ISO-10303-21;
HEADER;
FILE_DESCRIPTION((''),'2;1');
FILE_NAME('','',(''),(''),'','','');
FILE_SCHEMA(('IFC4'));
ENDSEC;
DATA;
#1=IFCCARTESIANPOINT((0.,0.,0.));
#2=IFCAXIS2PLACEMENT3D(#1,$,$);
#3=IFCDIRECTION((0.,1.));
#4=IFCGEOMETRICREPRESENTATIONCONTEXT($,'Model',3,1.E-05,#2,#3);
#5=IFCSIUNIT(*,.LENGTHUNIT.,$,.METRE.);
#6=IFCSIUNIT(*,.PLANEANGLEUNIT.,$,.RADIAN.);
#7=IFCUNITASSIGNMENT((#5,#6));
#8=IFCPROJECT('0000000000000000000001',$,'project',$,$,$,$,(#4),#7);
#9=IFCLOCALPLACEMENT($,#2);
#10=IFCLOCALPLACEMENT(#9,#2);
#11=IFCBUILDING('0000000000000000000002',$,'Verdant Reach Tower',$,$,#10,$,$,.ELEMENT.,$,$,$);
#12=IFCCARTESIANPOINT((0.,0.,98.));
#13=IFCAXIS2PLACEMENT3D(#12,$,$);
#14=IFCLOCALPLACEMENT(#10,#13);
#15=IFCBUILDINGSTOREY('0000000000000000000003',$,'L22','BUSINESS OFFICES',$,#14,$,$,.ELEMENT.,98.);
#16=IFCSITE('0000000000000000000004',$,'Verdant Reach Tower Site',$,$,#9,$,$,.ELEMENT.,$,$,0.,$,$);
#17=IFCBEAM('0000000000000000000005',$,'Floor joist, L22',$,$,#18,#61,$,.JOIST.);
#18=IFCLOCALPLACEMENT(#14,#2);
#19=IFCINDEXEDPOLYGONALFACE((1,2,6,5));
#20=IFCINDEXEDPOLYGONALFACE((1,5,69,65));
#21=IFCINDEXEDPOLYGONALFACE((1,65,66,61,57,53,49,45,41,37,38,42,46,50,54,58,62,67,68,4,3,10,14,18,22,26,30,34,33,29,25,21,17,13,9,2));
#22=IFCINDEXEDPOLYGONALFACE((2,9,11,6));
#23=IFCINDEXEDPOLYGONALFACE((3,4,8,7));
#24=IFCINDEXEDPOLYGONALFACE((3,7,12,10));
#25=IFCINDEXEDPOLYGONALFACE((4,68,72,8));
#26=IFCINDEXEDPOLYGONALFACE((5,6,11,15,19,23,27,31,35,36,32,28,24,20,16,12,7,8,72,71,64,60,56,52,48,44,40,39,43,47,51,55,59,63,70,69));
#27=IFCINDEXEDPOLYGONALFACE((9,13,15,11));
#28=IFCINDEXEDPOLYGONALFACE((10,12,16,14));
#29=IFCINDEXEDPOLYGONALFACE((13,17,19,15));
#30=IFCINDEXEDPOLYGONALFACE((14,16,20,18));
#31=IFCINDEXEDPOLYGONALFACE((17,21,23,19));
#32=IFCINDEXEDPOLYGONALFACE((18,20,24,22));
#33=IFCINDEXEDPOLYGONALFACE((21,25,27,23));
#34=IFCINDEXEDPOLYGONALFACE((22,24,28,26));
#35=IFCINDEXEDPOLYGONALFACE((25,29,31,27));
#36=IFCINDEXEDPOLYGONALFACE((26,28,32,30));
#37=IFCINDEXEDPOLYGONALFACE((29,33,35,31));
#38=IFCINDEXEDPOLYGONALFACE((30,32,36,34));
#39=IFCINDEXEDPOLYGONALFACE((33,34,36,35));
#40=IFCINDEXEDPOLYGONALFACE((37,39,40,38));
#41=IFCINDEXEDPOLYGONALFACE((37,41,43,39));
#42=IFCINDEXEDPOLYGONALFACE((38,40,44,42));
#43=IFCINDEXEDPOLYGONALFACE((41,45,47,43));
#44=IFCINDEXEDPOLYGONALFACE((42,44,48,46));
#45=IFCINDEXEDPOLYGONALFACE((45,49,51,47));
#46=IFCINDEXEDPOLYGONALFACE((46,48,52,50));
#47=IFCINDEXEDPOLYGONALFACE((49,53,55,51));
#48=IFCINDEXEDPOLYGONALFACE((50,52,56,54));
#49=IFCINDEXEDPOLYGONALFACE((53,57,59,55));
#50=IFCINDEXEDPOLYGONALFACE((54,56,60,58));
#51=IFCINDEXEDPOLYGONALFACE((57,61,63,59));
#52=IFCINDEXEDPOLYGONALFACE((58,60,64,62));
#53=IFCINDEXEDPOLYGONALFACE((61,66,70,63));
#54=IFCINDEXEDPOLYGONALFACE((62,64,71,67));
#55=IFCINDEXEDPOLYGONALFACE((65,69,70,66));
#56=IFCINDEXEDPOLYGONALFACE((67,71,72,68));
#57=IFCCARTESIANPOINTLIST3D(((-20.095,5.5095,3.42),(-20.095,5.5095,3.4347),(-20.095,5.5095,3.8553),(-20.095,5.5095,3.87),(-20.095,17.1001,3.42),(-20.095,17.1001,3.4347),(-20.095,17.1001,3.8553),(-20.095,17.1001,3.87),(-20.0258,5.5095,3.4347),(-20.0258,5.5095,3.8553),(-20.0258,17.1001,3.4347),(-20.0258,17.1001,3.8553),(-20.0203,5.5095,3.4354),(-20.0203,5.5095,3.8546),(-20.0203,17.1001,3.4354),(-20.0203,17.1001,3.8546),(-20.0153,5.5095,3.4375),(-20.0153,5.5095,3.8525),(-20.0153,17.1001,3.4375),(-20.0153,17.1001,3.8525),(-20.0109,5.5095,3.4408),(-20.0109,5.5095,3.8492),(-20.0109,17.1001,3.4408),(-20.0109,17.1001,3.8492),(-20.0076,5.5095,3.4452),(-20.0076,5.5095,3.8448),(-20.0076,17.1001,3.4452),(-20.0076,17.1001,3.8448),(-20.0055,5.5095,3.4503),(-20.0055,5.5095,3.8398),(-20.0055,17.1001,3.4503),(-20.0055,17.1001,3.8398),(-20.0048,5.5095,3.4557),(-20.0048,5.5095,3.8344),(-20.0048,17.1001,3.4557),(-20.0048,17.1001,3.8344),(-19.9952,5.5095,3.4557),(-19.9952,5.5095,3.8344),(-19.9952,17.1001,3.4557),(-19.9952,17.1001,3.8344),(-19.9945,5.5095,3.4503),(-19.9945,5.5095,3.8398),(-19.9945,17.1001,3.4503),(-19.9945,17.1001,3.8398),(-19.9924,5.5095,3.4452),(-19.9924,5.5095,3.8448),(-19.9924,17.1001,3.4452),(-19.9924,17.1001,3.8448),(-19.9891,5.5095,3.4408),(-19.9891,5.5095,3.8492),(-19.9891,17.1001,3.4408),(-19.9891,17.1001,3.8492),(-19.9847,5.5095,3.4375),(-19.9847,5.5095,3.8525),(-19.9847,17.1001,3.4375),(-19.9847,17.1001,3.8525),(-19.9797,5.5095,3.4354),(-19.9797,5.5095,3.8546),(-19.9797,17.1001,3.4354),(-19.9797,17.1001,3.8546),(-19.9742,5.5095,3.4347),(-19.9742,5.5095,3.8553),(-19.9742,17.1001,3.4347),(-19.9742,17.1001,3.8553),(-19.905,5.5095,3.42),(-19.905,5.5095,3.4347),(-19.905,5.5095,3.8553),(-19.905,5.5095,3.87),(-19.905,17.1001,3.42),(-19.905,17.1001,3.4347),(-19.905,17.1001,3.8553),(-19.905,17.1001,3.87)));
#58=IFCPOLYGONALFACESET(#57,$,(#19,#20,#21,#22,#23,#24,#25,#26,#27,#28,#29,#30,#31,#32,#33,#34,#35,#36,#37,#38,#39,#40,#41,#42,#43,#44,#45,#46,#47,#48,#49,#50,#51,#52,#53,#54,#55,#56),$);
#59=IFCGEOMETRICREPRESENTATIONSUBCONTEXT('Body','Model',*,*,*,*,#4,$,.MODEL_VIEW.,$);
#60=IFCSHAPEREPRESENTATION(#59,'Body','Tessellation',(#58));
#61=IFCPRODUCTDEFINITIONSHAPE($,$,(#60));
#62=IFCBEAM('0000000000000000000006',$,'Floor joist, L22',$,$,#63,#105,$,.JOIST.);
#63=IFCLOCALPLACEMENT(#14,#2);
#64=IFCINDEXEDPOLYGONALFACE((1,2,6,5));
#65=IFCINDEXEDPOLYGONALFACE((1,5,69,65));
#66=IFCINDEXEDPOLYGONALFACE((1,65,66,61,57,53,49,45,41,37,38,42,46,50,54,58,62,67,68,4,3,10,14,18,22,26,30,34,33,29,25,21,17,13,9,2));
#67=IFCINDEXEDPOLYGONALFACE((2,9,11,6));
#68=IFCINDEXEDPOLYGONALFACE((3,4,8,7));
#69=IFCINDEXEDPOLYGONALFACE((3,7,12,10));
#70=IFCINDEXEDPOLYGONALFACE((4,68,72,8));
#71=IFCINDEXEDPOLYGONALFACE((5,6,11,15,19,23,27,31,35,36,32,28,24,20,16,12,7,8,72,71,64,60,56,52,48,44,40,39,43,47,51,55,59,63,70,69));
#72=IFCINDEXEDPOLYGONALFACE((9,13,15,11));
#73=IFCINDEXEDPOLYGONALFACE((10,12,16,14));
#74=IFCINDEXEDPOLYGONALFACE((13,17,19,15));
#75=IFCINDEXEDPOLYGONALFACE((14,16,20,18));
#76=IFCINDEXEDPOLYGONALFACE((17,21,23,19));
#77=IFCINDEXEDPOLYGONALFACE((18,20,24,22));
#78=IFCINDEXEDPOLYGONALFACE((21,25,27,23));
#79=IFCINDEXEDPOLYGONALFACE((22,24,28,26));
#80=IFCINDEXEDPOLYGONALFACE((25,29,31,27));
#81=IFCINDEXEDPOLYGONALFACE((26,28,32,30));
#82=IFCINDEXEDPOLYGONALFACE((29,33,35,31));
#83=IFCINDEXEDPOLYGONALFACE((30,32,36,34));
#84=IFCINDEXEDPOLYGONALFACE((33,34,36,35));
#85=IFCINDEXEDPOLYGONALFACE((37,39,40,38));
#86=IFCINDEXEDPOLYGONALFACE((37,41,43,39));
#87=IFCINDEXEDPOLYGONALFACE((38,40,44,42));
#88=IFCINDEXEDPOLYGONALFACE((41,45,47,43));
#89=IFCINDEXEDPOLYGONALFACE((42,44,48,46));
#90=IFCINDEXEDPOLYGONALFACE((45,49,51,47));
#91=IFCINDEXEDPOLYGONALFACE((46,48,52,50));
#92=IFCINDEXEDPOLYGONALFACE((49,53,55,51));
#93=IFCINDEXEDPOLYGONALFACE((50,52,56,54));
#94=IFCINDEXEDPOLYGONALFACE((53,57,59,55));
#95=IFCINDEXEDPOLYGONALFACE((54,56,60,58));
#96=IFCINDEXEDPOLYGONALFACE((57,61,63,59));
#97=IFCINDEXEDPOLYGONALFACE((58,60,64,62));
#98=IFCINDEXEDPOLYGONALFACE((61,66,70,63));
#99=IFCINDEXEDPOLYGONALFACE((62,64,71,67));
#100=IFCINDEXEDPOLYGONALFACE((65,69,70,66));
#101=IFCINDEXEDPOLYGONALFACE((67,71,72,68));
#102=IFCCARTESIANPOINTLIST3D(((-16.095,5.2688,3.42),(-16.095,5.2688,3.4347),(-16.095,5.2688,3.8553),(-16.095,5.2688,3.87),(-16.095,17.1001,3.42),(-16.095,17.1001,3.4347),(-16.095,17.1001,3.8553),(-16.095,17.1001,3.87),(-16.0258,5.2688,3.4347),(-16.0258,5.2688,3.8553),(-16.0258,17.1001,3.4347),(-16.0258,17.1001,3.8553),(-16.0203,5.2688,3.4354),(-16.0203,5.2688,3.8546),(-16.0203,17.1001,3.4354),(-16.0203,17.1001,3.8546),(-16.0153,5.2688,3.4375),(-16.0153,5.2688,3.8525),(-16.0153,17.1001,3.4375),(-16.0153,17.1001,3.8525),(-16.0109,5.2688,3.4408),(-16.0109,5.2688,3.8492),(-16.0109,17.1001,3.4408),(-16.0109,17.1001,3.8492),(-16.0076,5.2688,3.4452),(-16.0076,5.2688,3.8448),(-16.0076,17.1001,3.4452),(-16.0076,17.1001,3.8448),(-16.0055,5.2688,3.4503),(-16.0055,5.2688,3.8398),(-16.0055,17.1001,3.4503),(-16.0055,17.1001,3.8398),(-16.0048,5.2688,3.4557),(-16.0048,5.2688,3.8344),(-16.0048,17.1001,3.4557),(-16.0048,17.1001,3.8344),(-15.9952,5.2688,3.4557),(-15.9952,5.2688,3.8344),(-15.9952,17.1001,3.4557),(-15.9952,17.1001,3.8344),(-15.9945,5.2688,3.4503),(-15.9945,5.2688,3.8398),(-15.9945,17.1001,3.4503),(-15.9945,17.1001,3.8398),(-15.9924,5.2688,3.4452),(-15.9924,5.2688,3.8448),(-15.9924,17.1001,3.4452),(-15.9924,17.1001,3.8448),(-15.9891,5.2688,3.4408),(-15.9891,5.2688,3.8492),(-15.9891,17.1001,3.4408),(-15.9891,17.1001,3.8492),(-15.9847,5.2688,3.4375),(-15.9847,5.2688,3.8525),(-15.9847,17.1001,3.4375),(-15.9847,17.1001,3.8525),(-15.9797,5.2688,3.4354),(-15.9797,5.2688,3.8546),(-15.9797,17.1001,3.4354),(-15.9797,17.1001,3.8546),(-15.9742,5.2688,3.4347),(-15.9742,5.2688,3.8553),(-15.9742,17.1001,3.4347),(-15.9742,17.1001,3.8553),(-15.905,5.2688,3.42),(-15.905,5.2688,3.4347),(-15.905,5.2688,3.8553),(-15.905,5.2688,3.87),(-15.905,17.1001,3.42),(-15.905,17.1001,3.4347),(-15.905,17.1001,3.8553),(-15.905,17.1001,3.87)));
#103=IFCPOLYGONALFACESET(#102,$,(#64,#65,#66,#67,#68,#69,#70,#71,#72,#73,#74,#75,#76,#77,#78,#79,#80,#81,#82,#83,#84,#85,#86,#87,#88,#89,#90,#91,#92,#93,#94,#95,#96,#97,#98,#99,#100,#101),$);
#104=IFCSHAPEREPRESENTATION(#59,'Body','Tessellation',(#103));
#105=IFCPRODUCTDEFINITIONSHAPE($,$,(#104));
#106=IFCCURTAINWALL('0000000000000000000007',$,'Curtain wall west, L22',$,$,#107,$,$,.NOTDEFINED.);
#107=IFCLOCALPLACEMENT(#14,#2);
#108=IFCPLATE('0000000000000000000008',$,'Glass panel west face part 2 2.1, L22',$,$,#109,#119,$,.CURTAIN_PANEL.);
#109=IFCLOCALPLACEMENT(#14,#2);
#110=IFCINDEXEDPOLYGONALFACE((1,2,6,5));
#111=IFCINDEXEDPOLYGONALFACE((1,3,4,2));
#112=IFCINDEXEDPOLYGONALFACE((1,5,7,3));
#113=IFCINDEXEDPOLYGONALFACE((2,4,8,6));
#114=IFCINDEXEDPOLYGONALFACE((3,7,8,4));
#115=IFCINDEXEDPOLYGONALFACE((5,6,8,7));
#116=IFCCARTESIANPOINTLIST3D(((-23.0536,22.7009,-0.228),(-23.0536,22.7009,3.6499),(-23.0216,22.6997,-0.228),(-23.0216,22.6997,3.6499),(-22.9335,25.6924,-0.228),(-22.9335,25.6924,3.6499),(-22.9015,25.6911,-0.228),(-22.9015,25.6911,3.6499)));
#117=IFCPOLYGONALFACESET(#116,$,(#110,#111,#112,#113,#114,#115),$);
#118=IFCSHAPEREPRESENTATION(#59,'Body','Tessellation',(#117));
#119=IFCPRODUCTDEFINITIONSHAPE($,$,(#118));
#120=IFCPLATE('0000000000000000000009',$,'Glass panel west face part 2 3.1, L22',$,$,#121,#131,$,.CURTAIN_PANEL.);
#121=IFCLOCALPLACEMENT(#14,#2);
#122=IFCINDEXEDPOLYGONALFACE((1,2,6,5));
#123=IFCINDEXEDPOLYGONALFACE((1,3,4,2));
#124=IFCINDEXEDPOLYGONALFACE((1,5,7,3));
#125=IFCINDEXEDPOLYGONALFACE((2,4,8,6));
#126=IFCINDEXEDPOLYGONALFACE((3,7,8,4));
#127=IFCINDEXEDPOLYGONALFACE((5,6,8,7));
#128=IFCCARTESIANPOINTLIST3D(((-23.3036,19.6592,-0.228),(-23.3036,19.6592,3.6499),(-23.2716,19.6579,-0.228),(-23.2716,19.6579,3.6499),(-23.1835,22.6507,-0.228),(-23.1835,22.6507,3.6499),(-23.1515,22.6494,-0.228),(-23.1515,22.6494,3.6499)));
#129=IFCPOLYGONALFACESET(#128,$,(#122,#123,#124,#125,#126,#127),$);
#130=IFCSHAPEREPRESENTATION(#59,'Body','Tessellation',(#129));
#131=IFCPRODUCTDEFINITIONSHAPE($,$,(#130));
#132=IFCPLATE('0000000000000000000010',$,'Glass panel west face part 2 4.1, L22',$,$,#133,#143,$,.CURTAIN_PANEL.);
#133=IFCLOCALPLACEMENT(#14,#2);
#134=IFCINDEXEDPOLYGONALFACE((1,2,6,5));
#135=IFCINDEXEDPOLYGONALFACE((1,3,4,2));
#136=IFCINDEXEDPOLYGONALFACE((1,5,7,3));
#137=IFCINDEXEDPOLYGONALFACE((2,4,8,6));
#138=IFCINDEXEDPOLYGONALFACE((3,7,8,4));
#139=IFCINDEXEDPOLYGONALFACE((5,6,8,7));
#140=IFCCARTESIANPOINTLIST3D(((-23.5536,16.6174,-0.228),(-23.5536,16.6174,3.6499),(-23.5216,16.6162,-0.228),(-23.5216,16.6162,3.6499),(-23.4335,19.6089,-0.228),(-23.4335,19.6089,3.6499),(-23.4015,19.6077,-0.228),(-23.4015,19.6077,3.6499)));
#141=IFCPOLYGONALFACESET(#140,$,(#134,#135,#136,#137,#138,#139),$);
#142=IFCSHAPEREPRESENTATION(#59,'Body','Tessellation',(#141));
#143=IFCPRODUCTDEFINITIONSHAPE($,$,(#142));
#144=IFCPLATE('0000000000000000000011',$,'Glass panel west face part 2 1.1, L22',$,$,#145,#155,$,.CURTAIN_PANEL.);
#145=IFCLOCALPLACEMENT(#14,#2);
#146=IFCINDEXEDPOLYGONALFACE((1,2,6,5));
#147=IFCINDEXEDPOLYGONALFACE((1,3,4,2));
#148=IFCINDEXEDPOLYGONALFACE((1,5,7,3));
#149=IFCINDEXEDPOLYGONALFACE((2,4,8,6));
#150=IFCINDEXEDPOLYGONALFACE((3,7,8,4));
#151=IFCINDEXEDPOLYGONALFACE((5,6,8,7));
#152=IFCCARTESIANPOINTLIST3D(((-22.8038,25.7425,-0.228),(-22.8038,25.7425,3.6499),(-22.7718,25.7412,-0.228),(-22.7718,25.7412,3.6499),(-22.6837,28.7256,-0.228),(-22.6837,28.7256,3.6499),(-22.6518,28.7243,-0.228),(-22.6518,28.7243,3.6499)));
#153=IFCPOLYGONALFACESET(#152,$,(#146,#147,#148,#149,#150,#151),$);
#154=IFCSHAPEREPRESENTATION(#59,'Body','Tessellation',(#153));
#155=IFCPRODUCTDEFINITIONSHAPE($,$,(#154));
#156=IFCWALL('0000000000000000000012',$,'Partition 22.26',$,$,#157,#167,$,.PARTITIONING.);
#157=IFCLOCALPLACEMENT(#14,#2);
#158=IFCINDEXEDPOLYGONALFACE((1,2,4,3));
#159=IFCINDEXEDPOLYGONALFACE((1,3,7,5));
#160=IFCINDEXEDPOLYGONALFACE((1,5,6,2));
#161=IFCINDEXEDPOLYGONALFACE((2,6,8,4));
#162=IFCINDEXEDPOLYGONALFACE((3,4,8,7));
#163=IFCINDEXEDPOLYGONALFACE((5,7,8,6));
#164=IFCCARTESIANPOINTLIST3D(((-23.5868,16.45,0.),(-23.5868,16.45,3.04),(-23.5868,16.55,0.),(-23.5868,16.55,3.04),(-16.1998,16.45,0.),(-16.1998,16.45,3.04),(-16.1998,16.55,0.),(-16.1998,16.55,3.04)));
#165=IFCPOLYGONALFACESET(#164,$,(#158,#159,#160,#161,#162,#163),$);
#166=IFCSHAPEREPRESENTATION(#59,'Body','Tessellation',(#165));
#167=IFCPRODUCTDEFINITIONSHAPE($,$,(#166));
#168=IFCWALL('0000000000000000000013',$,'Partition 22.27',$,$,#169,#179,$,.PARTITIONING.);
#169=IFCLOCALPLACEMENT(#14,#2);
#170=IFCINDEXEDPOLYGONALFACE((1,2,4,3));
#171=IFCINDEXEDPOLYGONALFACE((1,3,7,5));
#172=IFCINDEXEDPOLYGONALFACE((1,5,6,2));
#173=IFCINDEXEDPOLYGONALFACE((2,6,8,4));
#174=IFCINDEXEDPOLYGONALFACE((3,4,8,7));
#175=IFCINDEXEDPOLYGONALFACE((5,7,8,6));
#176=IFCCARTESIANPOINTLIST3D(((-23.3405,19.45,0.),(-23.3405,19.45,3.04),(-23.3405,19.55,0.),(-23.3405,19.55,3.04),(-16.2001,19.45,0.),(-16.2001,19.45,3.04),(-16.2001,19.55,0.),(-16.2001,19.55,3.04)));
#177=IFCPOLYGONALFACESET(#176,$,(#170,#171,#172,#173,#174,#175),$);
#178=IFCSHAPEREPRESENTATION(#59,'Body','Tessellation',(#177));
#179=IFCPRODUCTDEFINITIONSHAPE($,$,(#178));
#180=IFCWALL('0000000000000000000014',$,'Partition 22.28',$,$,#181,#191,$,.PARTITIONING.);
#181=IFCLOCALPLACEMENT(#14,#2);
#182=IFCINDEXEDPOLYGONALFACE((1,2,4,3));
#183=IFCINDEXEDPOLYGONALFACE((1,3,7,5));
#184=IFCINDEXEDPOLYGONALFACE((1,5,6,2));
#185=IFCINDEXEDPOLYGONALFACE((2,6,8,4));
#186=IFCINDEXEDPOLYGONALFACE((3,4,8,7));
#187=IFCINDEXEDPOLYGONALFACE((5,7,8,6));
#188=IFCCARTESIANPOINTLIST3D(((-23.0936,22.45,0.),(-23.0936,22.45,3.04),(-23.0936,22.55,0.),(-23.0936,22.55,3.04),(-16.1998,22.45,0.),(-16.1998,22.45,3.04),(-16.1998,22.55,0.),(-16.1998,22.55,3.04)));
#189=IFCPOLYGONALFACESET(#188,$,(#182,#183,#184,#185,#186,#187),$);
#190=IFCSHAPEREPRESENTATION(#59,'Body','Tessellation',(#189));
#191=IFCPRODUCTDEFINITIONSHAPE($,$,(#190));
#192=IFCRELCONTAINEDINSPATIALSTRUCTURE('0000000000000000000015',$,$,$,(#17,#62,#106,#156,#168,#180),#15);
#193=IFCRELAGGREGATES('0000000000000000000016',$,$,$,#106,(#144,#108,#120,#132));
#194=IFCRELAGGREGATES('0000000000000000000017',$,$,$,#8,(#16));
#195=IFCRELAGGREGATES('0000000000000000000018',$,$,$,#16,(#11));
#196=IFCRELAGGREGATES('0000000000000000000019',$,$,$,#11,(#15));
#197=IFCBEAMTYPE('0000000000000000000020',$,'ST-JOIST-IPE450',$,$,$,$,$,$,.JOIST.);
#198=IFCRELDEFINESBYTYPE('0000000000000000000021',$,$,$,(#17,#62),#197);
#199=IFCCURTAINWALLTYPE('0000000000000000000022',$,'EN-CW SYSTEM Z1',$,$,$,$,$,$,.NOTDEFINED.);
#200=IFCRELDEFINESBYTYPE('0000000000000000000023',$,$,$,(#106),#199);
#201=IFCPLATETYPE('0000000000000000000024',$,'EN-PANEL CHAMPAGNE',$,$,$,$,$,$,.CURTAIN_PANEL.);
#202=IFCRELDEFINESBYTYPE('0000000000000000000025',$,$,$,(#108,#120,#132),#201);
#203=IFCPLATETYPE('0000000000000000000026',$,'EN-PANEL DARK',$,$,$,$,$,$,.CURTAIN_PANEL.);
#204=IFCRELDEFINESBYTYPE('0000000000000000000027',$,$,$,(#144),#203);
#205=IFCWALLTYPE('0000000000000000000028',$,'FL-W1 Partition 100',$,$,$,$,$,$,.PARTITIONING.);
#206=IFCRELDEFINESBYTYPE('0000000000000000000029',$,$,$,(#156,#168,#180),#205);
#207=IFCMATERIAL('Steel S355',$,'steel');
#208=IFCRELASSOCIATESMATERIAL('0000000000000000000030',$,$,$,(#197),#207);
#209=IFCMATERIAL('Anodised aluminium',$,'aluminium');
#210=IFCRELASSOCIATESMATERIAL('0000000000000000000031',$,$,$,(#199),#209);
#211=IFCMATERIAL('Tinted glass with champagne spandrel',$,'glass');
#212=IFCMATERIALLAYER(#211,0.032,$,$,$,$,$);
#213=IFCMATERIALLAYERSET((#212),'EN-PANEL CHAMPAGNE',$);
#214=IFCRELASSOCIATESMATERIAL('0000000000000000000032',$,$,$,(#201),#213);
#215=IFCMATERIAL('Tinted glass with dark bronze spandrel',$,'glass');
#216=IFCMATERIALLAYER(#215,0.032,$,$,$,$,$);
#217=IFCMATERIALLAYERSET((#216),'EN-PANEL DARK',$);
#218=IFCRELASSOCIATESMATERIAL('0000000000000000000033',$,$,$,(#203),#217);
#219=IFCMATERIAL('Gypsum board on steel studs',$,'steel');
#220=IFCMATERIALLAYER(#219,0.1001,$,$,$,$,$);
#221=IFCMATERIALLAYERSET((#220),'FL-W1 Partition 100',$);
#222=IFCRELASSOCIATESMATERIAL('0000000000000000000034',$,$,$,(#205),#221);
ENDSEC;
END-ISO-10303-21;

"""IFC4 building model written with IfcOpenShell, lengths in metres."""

from ifc_helpers import new_model, si_unit, direction, frame, frame_2d, origin, origin_2d, place, context, subcontext, project, spatial, rectangle, i_section, extrude, material, layer, layer_set, material_profile, profile_set, type_object, element, aggregate, save


model = new_model("IFC4")

# Units and contexts
model_context = context("Model", 3, precision=1e-05, world=origin(), true_north=direction((0.0, 1.0)))
body_context = subcontext(model_context, "Body", "Model", "MODEL_VIEW")
ifc_project = project(units=[si_unit("LENGTHUNIT", "METRE"), si_unit("PLANEANGLEUNIT", "RADIAN")], contexts=[model_context])

# Site, building, storey
site_placement = place(None, origin())
site = spatial("IfcSite", under=ifc_project, at=site_placement, Name="Verdant Reach Tower Site", CompositionType="ELEMENT", RefElevation=0.0)
building_placement = place(site_placement, origin())
building = spatial("IfcBuilding", under=site, at=building_placement, Name="Verdant Reach Tower", CompositionType="ELEMENT")
storey_placement = place(building_placement, frame((0.0, 0.0, 98.0)))
storey = spatial("IfcBuildingStorey", under=building, at=storey_placement, Name="L22", Description="BUSINESS OFFICES", CompositionType="ELEMENT", Elevation=98.0)

# Beams
ifc_material_1 = material(Name="Steel S355", Category="steel")
ifc_material_profile_1 = material_profile(ifc_material_1, i_section(OverallWidth=0.1899, OverallDepth=0.45, WebThickness=0.0095, FlangeThickness=0.0146, FilletRadius=0.021, at=origin_2d()), Name="IPE 450")
ifc_profile_set_1 = profile_set([ifc_material_profile_1], Name="Steel S355")
beam_type_1 = type_object("IfcBeamType", Name="ST-JOIST-IPE450", PredefinedType="JOIST", material=ifc_profile_set_1)
beam_1_placement = place(storey_placement, frame((-20.0, 17.1001, 3.645), z_axis=(0.0, -1.0, 0.0), x_axis=(1.0, 0.0, 0.0)))
element("IfcBeam", 1, at=beam_1_placement, inside=storey, type_object=beam_type_1, Name="Floor joist, L22", PredefinedType="JOIST", context=body_context, shape_type="SweptSolid", body=[
    extrude(i_section(OverallWidth=0.1899, OverallDepth=0.45, WebThickness=0.0095, FlangeThickness=0.0146, FilletRadius=0.021, at=origin_2d()), origin(), (0.0, 0.0, 1.0), 11.5906),
])
beam_2_placement = place(storey_placement, frame((-16.0, 17.1001, 3.645), z_axis=(0.0, -1.0, 0.0), x_axis=(1.0, 0.0, 0.0)))
element("IfcBeam", 2, at=beam_2_placement, inside=storey, type_object=beam_type_1, Name="Floor joist, L22", PredefinedType="JOIST", context=body_context, shape_type="SweptSolid", body=[
    extrude(i_section(OverallWidth=0.1899, OverallDepth=0.45, WebThickness=0.0095, FlangeThickness=0.0146, FilletRadius=0.021, at=origin_2d()), origin(), (0.0, 0.0, 1.0), 11.8313),
])

# Curtain wall, plates
ifc_material_2 = material(Name="Anodised aluminium", Category="aluminium")
curtain_wall_type = type_object("IfcCurtainWallType", Name="EN-CW SYSTEM Z1", PredefinedType="NOTDEFINED", material=ifc_material_2)
curtain_wall_placement = place(storey_placement, origin())
curtain_wall = element("IfcCurtainWall", 3, at=curtain_wall_placement, inside=storey, type_object=curtain_wall_type, Name="Curtain wall west, L22", PredefinedType="NOTDEFINED")
ifc_material_3 = material(Name="Tinted glass with champagne spandrel", Category="glass")
ifc_layer_1 = layer(ifc_material_3, 0.032)
ifc_layer_set_1 = layer_set([ifc_layer_1], Name="EN-PANEL CHAMPAGNE")
plate_type_1 = type_object("IfcPlateType", Name="EN-PANEL CHAMPAGNE", PredefinedType="CURTAIN_PANEL", material=ifc_layer_set_1)
plate_1_placement = place(storey_placement, frame((-22.9775, 24.196, -0.228), z_axis=(0.0, 0.0, 1.0), x_axis=(-0.040109, -0.999195, 0.0)))
plate_1 = element("IfcPlate", 4, at=plate_1_placement, type_object=plate_type_1, Name="Glass panel west face part 2 2.1, L22", PredefinedType="CURTAIN_PANEL", context=body_context, shape_type="SweptSolid", body=[
    extrude(rectangle(XDim=2.9939, YDim=0.032, at=origin_2d()), origin(), (0.0, 0.0, 1.0), 3.8779),
])
plate_2_placement = place(storey_placement, frame((-23.2275, 21.1543, -0.228), z_axis=(0.0, 0.0, 1.0), x_axis=(-0.040109, -0.999195, 0.0)))
plate_2 = element("IfcPlate", 5, at=plate_2_placement, type_object=plate_type_1, Name="Glass panel west face part 2 3.1, L22", PredefinedType="CURTAIN_PANEL", context=body_context, shape_type="SweptSolid", body=[
    extrude(rectangle(XDim=2.9939, YDim=0.032, at=origin_2d()), origin(), (0.0, 0.0, 1.0), 3.8779),
])
plate_3_placement = place(storey_placement, frame((-23.4775, 18.1125, -0.228), z_axis=(0.0, 0.0, 1.0), x_axis=(-0.040109, -0.999195, 0.0)))
plate_3 = element("IfcPlate", 6, at=plate_3_placement, type_object=plate_type_1, Name="Glass panel west face part 2 4.1, L22", PredefinedType="CURTAIN_PANEL", context=body_context, shape_type="SweptSolid", body=[
    extrude(rectangle(XDim=2.9939, YDim=0.032, at=origin_2d()), origin(), (0.0, 0.0, 1.0), 3.8779),
])
ifc_material_4 = material(Name="Tinted glass with dark bronze spandrel", Category="glass")
ifc_layer_2 = layer(ifc_material_4, 0.032)
ifc_layer_set_2 = layer_set([ifc_layer_2], Name="EN-PANEL DARK")
plate_type_2 = type_object("IfcPlateType", Name="EN-PANEL DARK", PredefinedType="CURTAIN_PANEL", material=ifc_layer_set_2)
plate_4_placement = place(storey_placement, frame((-22.7278, 27.2334, -0.228), z_axis=(0.0, 0.0, 1.0), x_axis=(-0.040222, -0.999191, 0.0)))
plate_4 = element("IfcPlate", 7, at=plate_4_placement, type_object=plate_type_2, Name="Glass panel west face part 2 1.1, L22", PredefinedType="CURTAIN_PANEL", context=body_context, shape_type="SweptSolid", body=[
    extrude(rectangle(XDim=2.9856, YDim=0.032, at=origin_2d()), origin(), (0.0, 0.0, 1.0), 3.8779),
])
aggregate(curtain_wall, [plate_4, plate_1, plate_2, plate_3])

# Walls
ifc_material_5 = material(Name="Gypsum board on steel studs", Category="steel")
ifc_layer_3 = layer(ifc_material_5, 0.1001)
ifc_layer_set_3 = layer_set([ifc_layer_3], Name="FL-W1 Partition 100")
wall_type_1 = type_object("IfcWallType", Name="FL-W1 Partition 100", PredefinedType="PARTITIONING", material=ifc_layer_set_3)
wall_1_placement = place(storey_placement, frame((-16.2, 16.5, 0.0), z_axis=(0.0, 0.0, 1.0), x_axis=(-1.0, 0.0, 0.0)))
element("IfcWall", 8, at=wall_1_placement, inside=storey, type_object=wall_type_1, Name="Partition 22.26", PredefinedType="PARTITIONING", context=body_context, shape_type="SweptSolid", body=[
    extrude(rectangle(XDim=7.387, YDim=0.1001, at=frame_2d((3.6934, 0.0))), origin(), (0.0, 0.0, 1.0), 3.04),
])
wall_2_placement = place(storey_placement, frame((-16.2, 19.5, 0.0), z_axis=(0.0, 0.0, 1.0), x_axis=(-1.0, 0.0, 0.0)))
element("IfcWall", 9, at=wall_2_placement, inside=storey, type_object=wall_type_1, Name="Partition 22.27", PredefinedType="PARTITIONING", context=body_context, shape_type="SweptSolid", body=[
    extrude(rectangle(XDim=7.1404, YDim=0.1001, at=frame_2d((3.5703, 0.0))), origin(), (0.0, 0.0, 1.0), 3.04),
])
wall_3_placement = place(storey_placement, frame((-16.2, 22.5, 0.0), z_axis=(0.0, 0.0, 1.0), x_axis=(-1.0, 0.0, 0.0)))
element("IfcWall", 10, at=wall_3_placement, inside=storey, type_object=wall_type_1, Name="Partition 22.28", PredefinedType="PARTITIONING", context=body_context, shape_type="SweptSolid", body=[
    extrude(rectangle(XDim=6.8938, YDim=0.1001, at=frame_2d((3.4468, 0.0))), origin(), (0.0, 0.0, 1.0), 3.04),
])

save(model, "model.ifc")
